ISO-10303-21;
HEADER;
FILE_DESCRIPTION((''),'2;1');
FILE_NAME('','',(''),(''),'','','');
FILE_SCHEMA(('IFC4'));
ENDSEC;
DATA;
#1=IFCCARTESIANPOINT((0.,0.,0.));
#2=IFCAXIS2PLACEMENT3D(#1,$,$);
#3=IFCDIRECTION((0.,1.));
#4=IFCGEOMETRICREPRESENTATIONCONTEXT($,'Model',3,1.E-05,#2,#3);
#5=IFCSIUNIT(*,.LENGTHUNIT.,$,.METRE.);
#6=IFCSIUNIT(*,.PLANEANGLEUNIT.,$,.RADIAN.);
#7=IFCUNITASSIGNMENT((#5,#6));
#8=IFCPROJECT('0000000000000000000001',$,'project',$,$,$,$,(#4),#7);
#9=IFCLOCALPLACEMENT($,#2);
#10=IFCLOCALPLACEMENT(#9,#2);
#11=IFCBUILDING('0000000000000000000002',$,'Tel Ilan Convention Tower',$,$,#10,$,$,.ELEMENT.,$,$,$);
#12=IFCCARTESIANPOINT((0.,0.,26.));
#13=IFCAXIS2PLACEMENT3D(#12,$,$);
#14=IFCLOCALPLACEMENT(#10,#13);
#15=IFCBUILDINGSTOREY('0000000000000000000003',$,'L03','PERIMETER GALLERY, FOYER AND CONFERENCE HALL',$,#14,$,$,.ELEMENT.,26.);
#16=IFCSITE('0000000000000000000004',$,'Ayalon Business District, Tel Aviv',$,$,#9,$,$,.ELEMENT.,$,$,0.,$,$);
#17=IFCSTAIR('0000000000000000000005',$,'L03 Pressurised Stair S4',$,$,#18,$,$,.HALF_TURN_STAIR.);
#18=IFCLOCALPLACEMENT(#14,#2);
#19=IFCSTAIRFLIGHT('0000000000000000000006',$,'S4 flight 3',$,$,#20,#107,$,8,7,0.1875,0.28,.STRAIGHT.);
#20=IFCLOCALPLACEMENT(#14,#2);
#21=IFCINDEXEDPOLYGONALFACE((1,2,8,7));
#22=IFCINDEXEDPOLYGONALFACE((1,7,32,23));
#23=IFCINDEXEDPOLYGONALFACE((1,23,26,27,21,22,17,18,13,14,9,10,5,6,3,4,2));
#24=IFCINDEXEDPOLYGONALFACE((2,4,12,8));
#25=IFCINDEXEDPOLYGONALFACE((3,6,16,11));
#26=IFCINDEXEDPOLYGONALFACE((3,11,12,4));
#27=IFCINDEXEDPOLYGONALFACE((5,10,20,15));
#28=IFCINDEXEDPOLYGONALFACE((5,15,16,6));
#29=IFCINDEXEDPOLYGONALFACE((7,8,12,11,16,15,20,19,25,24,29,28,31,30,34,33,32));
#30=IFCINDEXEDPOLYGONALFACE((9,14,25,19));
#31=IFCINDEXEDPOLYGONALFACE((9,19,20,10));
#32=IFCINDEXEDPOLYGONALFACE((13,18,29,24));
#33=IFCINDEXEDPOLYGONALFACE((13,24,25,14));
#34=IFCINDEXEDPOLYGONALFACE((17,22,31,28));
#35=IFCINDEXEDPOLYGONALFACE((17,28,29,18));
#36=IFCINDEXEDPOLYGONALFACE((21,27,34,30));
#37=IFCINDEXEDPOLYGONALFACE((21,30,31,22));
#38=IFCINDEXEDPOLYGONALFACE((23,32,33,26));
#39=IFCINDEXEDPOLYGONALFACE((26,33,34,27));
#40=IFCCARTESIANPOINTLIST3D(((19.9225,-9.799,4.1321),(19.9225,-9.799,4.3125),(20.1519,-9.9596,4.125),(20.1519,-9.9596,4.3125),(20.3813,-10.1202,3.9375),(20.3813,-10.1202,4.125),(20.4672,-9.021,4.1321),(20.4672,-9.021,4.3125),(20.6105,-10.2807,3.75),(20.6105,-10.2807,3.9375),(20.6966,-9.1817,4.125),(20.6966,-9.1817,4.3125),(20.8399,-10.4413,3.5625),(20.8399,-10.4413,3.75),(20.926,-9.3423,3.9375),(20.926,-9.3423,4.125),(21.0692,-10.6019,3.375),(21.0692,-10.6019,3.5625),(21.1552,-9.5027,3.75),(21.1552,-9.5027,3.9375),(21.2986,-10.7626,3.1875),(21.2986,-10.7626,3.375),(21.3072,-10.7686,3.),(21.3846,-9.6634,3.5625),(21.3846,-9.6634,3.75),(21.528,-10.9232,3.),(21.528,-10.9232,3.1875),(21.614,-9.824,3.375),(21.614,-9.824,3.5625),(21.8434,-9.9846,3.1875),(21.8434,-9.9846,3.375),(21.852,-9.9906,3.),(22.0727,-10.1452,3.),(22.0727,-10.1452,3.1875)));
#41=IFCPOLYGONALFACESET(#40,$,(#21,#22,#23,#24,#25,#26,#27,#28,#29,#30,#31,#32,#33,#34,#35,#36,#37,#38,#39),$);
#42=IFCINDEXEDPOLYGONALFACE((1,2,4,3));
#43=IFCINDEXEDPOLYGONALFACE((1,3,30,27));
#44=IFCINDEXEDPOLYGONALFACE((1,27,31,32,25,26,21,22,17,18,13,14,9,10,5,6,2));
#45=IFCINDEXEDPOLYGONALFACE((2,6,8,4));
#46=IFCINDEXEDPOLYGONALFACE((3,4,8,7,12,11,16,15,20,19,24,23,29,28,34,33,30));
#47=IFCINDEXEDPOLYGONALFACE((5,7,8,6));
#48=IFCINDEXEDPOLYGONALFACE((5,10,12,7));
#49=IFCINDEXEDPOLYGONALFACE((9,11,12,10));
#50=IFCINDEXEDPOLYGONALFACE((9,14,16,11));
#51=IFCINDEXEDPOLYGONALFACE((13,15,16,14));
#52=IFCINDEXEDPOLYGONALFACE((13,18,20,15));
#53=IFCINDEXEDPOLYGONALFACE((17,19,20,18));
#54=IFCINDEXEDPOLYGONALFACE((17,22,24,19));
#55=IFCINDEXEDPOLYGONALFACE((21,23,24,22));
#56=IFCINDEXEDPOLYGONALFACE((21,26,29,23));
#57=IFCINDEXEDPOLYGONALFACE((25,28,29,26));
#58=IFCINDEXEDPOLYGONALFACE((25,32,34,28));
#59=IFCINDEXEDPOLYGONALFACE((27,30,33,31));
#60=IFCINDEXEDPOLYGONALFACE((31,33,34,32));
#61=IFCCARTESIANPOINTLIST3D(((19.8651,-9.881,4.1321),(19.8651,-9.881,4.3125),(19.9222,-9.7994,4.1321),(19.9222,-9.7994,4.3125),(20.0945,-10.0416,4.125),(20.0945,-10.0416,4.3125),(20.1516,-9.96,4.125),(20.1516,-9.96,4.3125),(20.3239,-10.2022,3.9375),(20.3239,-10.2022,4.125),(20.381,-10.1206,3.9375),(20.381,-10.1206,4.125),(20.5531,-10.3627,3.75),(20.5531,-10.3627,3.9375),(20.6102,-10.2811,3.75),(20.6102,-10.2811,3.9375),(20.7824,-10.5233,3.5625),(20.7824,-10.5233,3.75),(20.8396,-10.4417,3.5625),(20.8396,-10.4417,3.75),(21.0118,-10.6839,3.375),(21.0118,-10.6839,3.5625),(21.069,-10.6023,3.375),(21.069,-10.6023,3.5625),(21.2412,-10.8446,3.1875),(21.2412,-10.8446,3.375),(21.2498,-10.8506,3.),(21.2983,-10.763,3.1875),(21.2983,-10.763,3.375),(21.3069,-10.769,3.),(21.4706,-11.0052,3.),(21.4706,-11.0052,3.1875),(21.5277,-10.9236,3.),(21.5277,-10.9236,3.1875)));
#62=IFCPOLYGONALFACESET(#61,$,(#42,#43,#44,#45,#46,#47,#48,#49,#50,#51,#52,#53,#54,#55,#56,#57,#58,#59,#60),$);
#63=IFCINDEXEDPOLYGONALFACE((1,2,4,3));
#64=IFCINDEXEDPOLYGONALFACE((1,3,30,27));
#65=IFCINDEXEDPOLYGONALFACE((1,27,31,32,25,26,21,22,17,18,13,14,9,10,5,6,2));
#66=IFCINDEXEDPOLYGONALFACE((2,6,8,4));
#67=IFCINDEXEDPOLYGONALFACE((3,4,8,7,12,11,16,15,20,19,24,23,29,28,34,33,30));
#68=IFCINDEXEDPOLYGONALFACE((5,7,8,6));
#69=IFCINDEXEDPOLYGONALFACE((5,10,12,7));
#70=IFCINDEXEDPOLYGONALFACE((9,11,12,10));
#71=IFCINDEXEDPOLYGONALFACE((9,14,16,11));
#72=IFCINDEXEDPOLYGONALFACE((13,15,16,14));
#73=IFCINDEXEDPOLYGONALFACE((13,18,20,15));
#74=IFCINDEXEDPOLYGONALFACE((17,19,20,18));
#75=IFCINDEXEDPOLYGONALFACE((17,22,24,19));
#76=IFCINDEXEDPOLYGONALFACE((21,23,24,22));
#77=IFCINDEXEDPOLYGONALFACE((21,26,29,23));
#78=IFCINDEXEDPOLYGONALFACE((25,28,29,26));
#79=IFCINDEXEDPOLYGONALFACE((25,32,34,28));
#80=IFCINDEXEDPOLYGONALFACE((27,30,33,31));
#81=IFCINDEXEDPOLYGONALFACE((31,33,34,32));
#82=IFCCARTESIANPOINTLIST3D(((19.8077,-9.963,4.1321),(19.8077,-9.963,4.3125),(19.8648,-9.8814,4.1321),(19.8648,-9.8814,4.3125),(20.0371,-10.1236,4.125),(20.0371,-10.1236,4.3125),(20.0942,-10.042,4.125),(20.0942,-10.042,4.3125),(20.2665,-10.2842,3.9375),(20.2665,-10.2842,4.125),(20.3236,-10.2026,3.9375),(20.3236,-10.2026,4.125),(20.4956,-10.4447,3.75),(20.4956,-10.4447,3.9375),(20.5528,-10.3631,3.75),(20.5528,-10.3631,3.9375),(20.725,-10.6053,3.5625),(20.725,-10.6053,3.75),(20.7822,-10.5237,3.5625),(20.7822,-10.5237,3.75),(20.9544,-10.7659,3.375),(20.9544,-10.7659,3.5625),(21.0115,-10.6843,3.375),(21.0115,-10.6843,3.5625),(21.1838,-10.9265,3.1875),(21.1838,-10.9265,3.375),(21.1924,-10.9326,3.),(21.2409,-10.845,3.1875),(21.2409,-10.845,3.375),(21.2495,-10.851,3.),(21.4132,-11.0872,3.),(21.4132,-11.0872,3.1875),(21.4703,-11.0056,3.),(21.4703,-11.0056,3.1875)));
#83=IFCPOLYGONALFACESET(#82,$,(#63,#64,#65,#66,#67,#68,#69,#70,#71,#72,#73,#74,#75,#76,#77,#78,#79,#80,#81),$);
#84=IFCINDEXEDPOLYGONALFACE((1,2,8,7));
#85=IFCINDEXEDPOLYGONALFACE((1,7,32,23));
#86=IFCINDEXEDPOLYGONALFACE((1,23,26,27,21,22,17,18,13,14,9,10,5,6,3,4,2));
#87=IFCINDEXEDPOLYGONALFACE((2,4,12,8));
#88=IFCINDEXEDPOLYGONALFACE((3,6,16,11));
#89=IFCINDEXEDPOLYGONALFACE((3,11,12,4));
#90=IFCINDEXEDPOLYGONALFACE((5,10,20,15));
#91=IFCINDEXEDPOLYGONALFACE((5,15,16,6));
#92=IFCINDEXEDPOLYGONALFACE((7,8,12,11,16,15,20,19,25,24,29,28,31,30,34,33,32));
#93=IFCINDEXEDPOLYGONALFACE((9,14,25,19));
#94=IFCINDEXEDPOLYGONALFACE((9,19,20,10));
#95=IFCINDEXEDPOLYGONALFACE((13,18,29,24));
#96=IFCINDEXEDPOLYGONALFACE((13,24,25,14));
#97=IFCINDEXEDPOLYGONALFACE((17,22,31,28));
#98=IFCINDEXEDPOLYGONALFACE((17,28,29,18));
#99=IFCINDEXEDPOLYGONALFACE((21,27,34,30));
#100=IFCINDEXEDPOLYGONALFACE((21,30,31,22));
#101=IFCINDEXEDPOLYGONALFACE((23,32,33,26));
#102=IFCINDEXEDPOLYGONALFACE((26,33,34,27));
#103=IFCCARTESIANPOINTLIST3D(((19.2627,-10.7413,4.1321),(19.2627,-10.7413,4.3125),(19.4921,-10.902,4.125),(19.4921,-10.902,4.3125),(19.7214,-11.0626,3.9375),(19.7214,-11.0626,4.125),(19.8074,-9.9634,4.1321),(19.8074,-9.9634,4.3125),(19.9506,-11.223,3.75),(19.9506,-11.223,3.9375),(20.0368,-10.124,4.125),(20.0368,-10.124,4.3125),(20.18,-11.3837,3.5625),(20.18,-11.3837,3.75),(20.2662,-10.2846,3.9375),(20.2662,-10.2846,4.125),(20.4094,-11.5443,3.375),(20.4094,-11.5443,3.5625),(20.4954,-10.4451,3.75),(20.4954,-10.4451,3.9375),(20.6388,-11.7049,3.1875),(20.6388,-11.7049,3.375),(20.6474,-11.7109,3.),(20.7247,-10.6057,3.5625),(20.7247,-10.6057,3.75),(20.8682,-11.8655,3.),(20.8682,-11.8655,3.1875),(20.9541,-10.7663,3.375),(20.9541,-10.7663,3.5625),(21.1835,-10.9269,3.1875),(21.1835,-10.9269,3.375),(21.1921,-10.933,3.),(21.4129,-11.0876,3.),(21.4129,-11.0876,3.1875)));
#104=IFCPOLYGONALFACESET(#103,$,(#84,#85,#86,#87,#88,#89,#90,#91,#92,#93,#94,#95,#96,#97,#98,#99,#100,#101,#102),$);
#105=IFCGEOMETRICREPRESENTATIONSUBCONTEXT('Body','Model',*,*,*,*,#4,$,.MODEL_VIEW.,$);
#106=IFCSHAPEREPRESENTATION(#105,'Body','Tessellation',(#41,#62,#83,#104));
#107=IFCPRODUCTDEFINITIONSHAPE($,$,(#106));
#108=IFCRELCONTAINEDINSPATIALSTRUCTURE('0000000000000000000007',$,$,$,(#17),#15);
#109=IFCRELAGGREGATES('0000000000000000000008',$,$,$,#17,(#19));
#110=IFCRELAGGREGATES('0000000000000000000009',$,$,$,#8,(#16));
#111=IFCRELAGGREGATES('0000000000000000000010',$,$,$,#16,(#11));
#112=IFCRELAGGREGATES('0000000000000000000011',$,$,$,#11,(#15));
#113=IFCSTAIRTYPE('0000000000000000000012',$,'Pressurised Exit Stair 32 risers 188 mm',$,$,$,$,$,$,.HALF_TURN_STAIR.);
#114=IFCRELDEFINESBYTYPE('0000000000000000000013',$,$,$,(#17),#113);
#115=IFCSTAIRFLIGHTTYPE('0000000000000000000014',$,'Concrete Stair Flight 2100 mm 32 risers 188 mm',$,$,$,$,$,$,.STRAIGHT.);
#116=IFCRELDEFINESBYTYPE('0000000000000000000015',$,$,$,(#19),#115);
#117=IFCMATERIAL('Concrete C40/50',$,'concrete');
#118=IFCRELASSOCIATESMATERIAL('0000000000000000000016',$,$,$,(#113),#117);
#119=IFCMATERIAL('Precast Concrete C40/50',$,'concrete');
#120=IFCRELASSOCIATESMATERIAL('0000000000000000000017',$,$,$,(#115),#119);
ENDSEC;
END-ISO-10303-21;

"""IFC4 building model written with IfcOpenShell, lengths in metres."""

from ifc_helpers import new_model, si_unit, direction, frame, origin, place, context, subcontext, project, spatial, polyline, outline, extrude, material, type_object, element, aggregate, save


model = new_model("IFC4")

# Units and contexts
model_context = context("Model", 3, precision=1e-05, world=origin(), true_north=direction((0.0, 1.0)))
body_context = subcontext(model_context, "Body", "Model", "MODEL_VIEW")
ifc_project = project(units=[si_unit("LENGTHUNIT", "METRE"), si_unit("PLANEANGLEUNIT", "RADIAN")], contexts=[model_context])

# Site, building, storey
site_placement = place(None, origin())
site = spatial("IfcSite", under=ifc_project, at=site_placement, Name="Ayalon Business District, Tel Aviv", CompositionType="ELEMENT", RefElevation=0.0)
building_placement = place(site_placement, origin())
building = spatial("IfcBuilding", under=site, at=building_placement, Name="Tel Ilan Convention Tower", CompositionType="ELEMENT")
storey_placement = place(building_placement, frame((0.0, 0.0, 26.0)))
storey = spatial("IfcBuildingStorey", under=building, at=storey_placement, Name="L03", Description="PERIMETER GALLERY, FOYER AND CONFERENCE HALL", CompositionType="ELEMENT", Elevation=26.0)

# Stair, stair flight
ifc_material_1 = material(Name="Concrete C40/50", Category="concrete")
stair_type = type_object("IfcStairType", Name="Pressurised Exit Stair 32 risers 188 mm", PredefinedType="HALF_TURN_STAIR", material=ifc_material_1)
ifc_material_2 = material(Name="Precast Concrete C40/50", Category="concrete")
stair_flight_type = type_object("IfcStairFlightType", Name="Concrete Stair Flight 2100 mm 32 risers 188 mm", PredefinedType="STRAIGHT", material=ifc_material_2)
stair_1_placement = place(storey_placement, origin())
stair_1 = element("IfcStair", 1, at=stair_1_placement, inside=storey, type_object=stair_type, Name="L03 Pressurised Stair S4", PredefinedType="HALF_TURN_STAIR")
stair_flight_1_placement = place(storey_placement, frame((21.4705, -11.0054, 3.0), z_axis=(0.0, 0.0, 1.0), x_axis=(-0.819152, 0.573576, 0.0)))
stair_flight_1 = element("IfcStairFlight", 2, at=stair_flight_1_placement, type_object=stair_flight_type, Name="S4 flight 3", NumberOfRisers=8, NumberOfTreads=7, PredefinedType="STRAIGHT", RiserHeight=0.1875, TreadLength=0.28, context=body_context, shape_type="SweptSolid", body=[
    extrude(outline(polyline([(0.0, 0.0), (0.0, 0.1875), (0.28, 0.1875), (0.28, 0.375), (0.5601, 0.375), (0.5601, 0.5625), (0.8401, 0.5625), (0.8401, 0.75), (1.1201, 0.75), (1.1201, 0.9375), (1.3999, 0.9375), (1.3999, 1.125), (1.6799, 1.125), (1.6799, 1.3125), (1.96, 1.3125), (1.96, 1.5), (1.96, 1.1321), (0.2695, 0.0), (0.0, 0.0)])), frame((0.0, -0.1003, 0.0), z_axis=(0.0, -1.0, 0.0), x_axis=(1.0, 0.0, 0.0)), (0.0, 0.0, 1.0), 0.9497),
    extrude(outline(polyline([(0.0, 0.0), (0.0, 0.1875), (0.28, 0.1875), (0.28, 0.375), (0.5601, 0.375), (0.5601, 0.5625), (0.8401, 0.5625), (0.8401, 0.75), (1.1201, 0.75), (1.1201, 0.9375), (1.3999, 0.9375), (1.3999, 1.125), (1.6799, 1.125), (1.6799, 1.3125), (1.96, 1.3125), (1.96, 1.5), (1.96, 1.1321), (0.2695, 0.0), (0.0, 0.0)])), frame((0.0, -0.0002, 0.0), z_axis=(0.0, -1.0, 0.0), x_axis=(1.0, 0.0, 0.0)), (0.0, 0.0, 1.0), 0.0996),
    extrude(outline(polyline([(0.0, 0.0), (0.0, 0.1875), (0.28, 0.1875), (0.28, 0.375), (0.5601, 0.375), (0.5601, 0.5625), (0.8401, 0.5625), (0.8401, 0.75), (1.1201, 0.75), (1.1201, 0.9375), (1.3999, 0.9375), (1.3999, 1.125), (1.6799, 1.125), (1.6799, 1.3125), (1.96, 1.3125), (1.96, 1.5), (1.96, 1.1321), (0.2695, 0.0), (0.0, 0.0)])), frame((0.0, 0.0999, 0.0), z_axis=(0.0, -1.0, 0.0), x_axis=(1.0, 0.0, 0.0)), (0.0, 0.0, 1.0), 0.0996),
    extrude(outline(polyline([(0.0, 0.0), (0.0, 0.1875), (0.28, 0.1875), (0.28, 0.375), (0.5601, 0.375), (0.5601, 0.5625), (0.8401, 0.5625), (0.8401, 0.75), (1.1201, 0.75), (1.1201, 0.9375), (1.3999, 0.9375), (1.3999, 1.125), (1.6799, 1.125), (1.6799, 1.3125), (1.96, 1.3125), (1.96, 1.5), (1.96, 1.1321), (0.2695, 0.0), (0.0, 0.0)])), frame((0.0, 1.05, 0.0), z_axis=(0.0, -1.0, 0.0), x_axis=(1.0, 0.0, 0.0)), (0.0, 0.0, 1.0), 0.9497),
])
aggregate(stair_1, [stair_flight_1])

save(model, "model.ifc")
